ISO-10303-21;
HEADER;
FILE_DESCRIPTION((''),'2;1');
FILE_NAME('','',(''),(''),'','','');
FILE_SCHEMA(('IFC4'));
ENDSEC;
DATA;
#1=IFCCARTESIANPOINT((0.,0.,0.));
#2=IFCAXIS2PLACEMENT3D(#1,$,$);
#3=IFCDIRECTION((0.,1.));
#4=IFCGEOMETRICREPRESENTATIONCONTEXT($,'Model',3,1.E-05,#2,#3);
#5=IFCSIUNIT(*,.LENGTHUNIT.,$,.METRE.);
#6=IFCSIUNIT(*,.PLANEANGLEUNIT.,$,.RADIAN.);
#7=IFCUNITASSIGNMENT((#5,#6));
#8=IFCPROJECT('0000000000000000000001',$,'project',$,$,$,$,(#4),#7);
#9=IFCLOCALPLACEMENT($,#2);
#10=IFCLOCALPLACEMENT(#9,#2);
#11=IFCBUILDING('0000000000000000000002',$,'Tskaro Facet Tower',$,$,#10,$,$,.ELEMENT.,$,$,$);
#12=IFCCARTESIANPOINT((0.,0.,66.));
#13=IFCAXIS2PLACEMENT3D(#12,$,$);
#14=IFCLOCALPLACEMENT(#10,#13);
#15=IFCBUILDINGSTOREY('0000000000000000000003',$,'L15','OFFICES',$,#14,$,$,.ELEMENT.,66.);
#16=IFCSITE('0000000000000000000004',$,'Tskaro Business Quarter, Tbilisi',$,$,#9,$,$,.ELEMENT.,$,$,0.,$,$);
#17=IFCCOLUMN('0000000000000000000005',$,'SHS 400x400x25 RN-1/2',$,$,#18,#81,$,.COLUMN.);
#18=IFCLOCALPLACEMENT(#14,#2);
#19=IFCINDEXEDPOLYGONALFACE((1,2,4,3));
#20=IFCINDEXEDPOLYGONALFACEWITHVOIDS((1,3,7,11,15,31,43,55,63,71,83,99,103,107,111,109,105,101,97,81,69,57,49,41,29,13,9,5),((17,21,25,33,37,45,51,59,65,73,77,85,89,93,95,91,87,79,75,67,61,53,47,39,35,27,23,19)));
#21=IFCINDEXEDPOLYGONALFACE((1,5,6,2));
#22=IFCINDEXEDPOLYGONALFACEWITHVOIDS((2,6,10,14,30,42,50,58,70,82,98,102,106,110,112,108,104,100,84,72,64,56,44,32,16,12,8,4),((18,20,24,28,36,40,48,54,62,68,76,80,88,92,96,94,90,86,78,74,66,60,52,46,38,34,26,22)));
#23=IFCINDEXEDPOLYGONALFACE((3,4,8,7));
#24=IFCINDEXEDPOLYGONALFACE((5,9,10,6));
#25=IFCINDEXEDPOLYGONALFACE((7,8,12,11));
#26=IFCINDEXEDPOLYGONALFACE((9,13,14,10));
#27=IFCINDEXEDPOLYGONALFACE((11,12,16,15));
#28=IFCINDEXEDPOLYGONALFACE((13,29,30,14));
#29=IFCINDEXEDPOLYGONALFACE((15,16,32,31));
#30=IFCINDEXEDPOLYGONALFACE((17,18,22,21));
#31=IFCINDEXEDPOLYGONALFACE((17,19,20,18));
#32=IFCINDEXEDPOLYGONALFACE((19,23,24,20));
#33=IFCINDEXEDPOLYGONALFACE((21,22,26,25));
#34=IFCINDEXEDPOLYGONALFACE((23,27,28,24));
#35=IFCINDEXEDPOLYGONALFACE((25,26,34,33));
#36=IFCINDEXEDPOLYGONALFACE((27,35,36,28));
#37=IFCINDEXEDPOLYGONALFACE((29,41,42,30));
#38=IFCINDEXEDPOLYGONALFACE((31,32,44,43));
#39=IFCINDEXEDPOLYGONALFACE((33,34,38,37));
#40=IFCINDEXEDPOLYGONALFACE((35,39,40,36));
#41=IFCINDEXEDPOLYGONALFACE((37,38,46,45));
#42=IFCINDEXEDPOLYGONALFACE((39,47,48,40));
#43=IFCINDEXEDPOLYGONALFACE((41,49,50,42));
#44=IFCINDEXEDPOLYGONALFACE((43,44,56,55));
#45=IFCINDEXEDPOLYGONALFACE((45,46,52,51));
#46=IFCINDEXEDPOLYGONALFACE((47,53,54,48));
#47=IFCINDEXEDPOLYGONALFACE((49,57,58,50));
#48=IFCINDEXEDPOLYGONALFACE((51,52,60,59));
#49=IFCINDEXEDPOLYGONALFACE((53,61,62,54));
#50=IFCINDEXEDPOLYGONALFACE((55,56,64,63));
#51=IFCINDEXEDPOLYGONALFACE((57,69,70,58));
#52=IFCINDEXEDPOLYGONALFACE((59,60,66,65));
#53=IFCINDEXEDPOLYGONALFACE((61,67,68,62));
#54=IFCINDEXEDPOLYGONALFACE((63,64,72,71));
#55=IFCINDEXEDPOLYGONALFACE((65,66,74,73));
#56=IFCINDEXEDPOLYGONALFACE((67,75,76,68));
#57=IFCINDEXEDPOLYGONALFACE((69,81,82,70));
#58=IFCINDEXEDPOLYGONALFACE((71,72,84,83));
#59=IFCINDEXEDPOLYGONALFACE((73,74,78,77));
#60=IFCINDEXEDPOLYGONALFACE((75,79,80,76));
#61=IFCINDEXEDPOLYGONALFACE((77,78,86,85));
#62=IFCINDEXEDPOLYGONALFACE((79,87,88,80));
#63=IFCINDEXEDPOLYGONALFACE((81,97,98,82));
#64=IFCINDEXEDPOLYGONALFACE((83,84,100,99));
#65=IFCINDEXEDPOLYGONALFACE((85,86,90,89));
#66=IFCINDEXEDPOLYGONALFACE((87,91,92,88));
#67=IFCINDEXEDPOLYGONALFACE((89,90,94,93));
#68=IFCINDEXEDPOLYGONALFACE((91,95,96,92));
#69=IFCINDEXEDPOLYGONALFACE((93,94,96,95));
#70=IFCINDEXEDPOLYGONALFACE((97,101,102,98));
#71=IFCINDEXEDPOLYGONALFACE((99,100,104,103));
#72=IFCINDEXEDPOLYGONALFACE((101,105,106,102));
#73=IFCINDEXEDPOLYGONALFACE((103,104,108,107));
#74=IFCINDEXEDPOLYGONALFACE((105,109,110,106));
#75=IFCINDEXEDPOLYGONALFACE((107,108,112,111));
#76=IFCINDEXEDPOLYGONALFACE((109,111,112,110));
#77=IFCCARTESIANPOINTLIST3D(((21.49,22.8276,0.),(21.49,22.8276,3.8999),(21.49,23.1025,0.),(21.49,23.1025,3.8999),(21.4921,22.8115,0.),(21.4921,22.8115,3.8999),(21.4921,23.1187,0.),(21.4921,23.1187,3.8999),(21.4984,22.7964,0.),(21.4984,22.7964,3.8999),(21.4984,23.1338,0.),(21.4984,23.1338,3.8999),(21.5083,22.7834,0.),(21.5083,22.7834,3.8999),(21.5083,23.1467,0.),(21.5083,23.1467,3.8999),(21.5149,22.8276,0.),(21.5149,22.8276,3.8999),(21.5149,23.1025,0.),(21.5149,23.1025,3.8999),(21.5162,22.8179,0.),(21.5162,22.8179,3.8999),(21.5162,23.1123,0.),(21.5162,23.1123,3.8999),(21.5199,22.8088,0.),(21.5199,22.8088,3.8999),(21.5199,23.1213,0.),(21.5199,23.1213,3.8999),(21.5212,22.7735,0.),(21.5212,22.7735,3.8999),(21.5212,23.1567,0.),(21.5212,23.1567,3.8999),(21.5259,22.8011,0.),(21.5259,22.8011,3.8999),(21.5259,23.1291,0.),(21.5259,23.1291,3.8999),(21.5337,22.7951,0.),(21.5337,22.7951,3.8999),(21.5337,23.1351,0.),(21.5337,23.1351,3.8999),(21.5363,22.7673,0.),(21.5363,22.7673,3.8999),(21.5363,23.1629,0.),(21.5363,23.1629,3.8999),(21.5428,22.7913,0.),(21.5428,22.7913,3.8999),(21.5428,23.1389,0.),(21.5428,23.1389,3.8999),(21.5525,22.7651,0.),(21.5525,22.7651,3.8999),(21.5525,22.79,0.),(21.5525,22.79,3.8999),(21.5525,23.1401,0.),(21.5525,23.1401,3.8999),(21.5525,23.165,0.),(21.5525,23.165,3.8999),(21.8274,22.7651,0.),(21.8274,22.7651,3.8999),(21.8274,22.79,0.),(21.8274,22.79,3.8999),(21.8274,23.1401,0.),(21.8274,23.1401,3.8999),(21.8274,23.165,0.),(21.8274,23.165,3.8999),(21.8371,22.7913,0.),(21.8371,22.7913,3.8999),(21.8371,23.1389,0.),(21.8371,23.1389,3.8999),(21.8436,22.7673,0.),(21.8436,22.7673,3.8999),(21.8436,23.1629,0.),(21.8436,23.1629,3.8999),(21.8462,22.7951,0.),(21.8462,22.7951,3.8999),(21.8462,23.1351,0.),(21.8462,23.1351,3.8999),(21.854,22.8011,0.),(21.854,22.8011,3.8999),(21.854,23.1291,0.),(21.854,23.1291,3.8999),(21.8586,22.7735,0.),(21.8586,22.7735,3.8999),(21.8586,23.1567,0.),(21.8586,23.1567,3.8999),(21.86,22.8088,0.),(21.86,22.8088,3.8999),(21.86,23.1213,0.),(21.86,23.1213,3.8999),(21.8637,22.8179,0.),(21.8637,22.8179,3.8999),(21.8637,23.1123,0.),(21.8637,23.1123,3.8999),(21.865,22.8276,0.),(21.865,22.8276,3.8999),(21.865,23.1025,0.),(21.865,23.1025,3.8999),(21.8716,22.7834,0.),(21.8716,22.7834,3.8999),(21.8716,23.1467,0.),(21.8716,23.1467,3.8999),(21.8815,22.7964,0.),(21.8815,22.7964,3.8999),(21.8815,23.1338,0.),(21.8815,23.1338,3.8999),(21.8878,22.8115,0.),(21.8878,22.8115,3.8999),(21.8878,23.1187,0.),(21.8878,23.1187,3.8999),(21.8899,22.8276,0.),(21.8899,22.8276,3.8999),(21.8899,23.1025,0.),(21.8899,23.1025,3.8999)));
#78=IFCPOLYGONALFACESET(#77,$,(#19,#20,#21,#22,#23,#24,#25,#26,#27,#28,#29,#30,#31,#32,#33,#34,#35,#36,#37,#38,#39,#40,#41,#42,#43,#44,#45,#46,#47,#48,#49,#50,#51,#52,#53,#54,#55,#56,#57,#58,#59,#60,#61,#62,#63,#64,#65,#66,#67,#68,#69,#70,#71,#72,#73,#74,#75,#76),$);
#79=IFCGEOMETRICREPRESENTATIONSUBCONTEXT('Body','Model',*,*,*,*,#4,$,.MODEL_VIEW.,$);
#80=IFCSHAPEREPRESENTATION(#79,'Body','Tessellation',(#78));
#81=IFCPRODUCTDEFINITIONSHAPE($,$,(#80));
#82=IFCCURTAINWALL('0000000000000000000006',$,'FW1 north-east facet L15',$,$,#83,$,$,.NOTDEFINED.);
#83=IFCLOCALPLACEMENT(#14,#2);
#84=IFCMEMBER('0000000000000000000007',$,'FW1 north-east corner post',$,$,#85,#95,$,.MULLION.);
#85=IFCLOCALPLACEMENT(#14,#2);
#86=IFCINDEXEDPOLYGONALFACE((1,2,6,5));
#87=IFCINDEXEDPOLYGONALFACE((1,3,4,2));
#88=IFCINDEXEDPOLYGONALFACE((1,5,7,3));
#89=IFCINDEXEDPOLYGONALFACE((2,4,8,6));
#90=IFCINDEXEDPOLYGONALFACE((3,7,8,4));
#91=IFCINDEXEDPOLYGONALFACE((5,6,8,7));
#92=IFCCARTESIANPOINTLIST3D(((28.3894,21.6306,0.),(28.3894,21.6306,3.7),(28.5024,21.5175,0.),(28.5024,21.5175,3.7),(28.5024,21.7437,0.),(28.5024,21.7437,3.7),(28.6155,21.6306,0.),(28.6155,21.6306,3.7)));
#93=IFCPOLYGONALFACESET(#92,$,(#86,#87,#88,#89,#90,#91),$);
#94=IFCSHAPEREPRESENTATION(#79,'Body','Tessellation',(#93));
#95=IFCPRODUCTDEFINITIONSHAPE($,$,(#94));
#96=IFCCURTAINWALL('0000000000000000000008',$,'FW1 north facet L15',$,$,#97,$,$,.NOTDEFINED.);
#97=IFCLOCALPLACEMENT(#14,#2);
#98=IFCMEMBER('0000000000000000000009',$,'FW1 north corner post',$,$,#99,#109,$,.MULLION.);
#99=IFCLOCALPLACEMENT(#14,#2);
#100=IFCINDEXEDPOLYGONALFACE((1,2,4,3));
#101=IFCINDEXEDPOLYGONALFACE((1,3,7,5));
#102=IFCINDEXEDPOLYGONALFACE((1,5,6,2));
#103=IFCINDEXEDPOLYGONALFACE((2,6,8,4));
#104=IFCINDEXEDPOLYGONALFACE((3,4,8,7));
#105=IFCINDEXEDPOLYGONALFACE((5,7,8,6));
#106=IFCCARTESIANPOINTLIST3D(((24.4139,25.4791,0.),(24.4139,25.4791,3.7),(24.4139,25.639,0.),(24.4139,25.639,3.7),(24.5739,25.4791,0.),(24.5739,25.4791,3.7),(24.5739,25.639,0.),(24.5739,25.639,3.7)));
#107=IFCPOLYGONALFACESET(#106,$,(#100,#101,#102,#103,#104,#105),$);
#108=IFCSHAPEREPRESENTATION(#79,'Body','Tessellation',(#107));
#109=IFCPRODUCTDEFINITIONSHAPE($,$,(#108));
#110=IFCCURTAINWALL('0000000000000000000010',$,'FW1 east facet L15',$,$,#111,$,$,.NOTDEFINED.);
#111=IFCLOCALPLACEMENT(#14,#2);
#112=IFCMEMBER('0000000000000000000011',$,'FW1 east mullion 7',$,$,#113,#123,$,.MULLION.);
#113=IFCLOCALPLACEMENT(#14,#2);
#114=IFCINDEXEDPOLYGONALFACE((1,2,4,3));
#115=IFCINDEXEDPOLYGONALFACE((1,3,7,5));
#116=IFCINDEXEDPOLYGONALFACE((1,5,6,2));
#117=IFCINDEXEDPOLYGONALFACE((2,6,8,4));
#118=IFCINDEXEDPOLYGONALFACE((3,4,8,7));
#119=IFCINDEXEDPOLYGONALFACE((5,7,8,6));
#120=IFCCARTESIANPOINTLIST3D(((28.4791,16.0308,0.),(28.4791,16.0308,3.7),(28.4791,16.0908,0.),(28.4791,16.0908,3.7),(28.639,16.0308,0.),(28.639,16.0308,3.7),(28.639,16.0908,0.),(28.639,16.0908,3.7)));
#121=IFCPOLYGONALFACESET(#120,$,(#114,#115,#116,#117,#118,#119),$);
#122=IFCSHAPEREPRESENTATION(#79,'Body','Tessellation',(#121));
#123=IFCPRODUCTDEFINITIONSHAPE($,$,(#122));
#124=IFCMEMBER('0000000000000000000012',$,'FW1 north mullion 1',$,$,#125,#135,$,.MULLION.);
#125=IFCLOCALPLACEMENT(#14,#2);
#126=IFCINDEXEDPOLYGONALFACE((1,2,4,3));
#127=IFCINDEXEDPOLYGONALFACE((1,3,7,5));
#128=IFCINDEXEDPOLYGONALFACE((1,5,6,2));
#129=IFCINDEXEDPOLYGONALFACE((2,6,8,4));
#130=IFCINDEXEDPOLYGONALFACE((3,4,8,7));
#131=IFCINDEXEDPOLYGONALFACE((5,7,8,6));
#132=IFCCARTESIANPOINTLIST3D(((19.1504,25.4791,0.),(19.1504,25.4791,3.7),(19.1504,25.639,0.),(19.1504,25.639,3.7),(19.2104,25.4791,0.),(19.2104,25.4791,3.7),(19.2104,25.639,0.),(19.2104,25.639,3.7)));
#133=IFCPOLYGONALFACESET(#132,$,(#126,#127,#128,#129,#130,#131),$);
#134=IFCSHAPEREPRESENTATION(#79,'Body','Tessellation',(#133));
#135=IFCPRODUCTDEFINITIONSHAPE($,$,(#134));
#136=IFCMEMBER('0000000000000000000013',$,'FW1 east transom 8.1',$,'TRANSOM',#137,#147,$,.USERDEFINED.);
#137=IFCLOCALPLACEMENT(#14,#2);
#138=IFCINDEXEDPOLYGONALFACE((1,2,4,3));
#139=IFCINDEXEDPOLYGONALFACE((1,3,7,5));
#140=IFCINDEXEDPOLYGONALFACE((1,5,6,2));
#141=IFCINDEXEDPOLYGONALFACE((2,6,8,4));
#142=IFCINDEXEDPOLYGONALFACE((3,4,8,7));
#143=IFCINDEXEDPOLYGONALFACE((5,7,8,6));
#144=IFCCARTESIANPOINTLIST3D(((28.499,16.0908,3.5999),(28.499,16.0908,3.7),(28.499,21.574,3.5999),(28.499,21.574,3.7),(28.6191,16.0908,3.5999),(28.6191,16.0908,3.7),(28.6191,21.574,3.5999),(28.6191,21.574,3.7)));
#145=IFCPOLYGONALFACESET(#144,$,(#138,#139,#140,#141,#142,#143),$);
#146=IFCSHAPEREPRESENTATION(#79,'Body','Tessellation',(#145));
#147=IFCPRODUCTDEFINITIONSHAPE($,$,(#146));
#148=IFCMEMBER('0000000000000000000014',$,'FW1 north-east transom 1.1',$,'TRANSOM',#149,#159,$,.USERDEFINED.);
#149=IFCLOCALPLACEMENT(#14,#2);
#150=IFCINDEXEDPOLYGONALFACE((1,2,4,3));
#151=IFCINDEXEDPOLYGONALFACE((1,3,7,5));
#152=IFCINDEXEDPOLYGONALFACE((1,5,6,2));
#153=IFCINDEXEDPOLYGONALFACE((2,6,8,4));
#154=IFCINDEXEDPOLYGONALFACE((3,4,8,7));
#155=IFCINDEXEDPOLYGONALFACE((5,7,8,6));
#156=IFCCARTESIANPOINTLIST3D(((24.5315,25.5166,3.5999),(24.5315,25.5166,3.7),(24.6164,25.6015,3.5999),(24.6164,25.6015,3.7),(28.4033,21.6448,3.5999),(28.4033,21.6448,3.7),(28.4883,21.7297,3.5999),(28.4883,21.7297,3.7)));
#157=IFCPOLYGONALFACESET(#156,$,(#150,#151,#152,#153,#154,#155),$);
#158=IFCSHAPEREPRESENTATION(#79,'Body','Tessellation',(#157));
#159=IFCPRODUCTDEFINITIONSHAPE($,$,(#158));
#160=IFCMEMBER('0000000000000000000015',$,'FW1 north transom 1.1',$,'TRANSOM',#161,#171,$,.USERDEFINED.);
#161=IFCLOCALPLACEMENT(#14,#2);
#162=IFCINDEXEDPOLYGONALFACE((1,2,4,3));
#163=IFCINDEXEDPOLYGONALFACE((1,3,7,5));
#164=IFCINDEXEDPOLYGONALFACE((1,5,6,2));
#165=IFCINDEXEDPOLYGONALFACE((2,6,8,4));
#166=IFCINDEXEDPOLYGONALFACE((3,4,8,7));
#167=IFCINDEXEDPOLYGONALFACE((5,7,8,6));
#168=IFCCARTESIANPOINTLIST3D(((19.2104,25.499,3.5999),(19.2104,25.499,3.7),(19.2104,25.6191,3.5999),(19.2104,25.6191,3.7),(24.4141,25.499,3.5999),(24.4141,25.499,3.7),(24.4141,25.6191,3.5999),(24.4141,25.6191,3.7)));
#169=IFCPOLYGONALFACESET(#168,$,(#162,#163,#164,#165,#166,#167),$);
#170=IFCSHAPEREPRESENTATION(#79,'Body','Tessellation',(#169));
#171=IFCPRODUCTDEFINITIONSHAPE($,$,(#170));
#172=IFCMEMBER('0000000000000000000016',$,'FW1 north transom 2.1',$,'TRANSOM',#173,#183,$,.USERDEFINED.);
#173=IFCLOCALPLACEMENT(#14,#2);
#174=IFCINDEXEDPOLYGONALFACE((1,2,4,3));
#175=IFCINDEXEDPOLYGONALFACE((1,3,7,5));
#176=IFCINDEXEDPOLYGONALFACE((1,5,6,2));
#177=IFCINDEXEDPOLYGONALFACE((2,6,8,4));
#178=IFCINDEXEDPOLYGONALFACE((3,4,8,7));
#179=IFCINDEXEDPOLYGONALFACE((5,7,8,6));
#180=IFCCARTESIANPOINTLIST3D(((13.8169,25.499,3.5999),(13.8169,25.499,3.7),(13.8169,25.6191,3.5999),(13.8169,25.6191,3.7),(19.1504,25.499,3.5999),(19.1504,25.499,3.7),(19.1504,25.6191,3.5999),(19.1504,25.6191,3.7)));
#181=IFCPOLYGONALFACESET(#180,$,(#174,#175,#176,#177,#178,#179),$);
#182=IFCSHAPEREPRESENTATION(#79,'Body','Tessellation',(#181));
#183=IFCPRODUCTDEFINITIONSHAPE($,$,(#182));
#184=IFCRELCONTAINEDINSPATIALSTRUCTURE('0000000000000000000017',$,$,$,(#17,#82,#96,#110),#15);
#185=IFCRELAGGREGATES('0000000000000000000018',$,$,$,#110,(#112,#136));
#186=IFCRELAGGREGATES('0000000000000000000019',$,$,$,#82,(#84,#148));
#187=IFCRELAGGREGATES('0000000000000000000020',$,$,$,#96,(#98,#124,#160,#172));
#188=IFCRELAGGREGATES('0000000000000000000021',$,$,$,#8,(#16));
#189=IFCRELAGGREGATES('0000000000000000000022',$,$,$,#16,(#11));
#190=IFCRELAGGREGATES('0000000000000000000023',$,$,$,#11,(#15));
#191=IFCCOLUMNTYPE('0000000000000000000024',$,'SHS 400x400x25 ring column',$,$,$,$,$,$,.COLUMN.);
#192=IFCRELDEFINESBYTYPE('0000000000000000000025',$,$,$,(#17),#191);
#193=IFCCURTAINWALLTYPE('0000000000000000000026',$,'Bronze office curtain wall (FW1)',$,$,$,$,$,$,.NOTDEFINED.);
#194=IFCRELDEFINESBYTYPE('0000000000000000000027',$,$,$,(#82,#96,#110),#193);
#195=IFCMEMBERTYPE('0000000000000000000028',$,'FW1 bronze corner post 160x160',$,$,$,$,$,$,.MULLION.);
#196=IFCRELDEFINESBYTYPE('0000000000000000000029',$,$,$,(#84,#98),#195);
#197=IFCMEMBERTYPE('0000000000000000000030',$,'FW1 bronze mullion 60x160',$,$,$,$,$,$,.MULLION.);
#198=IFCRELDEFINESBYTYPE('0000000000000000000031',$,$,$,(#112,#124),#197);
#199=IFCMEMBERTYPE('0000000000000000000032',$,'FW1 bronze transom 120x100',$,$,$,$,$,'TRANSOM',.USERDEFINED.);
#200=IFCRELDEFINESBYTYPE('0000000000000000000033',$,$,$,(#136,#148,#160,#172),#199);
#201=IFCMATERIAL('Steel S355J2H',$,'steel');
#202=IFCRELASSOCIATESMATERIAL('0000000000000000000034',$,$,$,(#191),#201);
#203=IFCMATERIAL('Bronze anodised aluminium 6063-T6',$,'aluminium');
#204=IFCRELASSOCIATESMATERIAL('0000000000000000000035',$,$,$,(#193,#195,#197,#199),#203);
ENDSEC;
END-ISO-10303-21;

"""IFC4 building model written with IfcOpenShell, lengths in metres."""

from ifc_helpers import new_model, si_unit, direction, frame, origin, origin_2d, place, context, subcontext, project, spatial, rectangle, hollow_rectangle, extrude, material, material_profile, profile_set, type_object, element, aggregate, save


model = new_model("IFC4")

# Units and contexts
model_context = context("Model", 3, precision=1e-05, world=origin(), true_north=direction((0.0, 1.0)))
body_context = subcontext(model_context, "Body", "Model", "MODEL_VIEW")
ifc_project = project(units=[si_unit("LENGTHUNIT", "METRE"), si_unit("PLANEANGLEUNIT", "RADIAN")], contexts=[model_context])

# Site, building, storey
site_placement = place(None, origin())
site = spatial("IfcSite", under=ifc_project, at=site_placement, Name="Tskaro Business Quarter, Tbilisi", CompositionType="ELEMENT", RefElevation=0.0)
building_placement = place(site_placement, origin())
building = spatial("IfcBuilding", under=site, at=building_placement, Name="Tskaro Facet Tower", CompositionType="ELEMENT")
storey_placement = place(building_placement, frame((0.0, 0.0, 66.0)))
storey = spatial("IfcBuildingStorey", under=building, at=storey_placement, Name="L15", Description="OFFICES", CompositionType="ELEMENT", Elevation=66.0)

# Column
ifc_material_1 = material(Name="Steel S355J2H", Category="steel")
ifc_material_profile_1 = material_profile(ifc_material_1, hollow_rectangle(XDim=0.3999, YDim=0.3999, WallThickness=0.0249, InnerFilletRadius=0.0376, OuterFilletRadius=0.0625, at=origin_2d()), Name="SHS 400x400x25")
ifc_profile_set_1 = profile_set([ifc_material_profile_1], Name="Steel S355J2H")
column_type_1 = type_object("IfcColumnType", Name="SHS 400x400x25 ring column", PredefinedType="COLUMN", material=ifc_profile_set_1)
for number, where, z_axis, x_axis, name in (
    (1, (21.6899, 22.9651, 0.0), (0.0, 0.0, 1.0), (1.0, 0.0, 0.0), "SHS 400x400x25 RN-1/2"),
):
    element("IfcColumn", number, at=place(storey_placement, frame(where, z_axis=z_axis, x_axis=x_axis)), inside=storey, type_object=column_type_1, Name=name, PredefinedType="COLUMN", context=body_context, shape_type="SweptSolid", body=[
        extrude(hollow_rectangle(XDim=0.3999, YDim=0.3999, WallThickness=0.0249, InnerFilletRadius=0.0376, OuterFilletRadius=0.0625, at=origin_2d()), origin(), (0.0, 0.0, 1.0), 3.8999),
    ])

# Curtain walls, members
ifc_material_2 = material(Name="Bronze anodised aluminium 6063-T6", Category="aluminium")
curtain_wall_type = type_object("IfcCurtainWallType", Name="Bronze office curtain wall (FW1)", PredefinedType="NOTDEFINED", material=ifc_material_2)
curtain_wall_1_placement = place(storey_placement, origin())
curtain_wall_1 = element("IfcCurtainWall", 2, at=curtain_wall_1_placement, inside=storey, type_object=curtain_wall_type, Name="FW1 north-east facet L15", PredefinedType="NOTDEFINED")
ifc_material_profile_2 = material_profile(ifc_material_2, rectangle(XDim=0.1599, YDim=0.1599, at=origin_2d()), Name="Corner post 160x160")
ifc_profile_set_2 = profile_set([ifc_material_profile_2], Name="Bronze anodised aluminium 6063-T6")
member_type_1 = type_object("IfcMemberType", Name="FW1 bronze corner post 160x160", PredefinedType="MULLION", material=ifc_profile_set_2)
member_1_placement = place(storey_placement, frame((28.5024, 21.6306, 0.0), z_axis=(0.0, 0.0, 1.0), x_axis=(-0.707107, 0.707107, 0.0)))
member_1 = element("IfcMember", 3, at=member_1_placement, type_object=member_type_1, Name="FW1 north-east corner post", PredefinedType="MULLION", context=body_context, shape_type="SweptSolid", body=[
    extrude(rectangle(XDim=0.1599, YDim=0.1599, at=origin_2d()), origin(), (0.0, 0.0, 1.0), 3.7),
])
curtain_wall_2_placement = place(storey_placement, origin())
curtain_wall_2 = element("IfcCurtainWall", 4, at=curtain_wall_2_placement, inside=storey, type_object=curtain_wall_type, Name="FW1 north facet L15", PredefinedType="NOTDEFINED")
member_2_placement = place(storey_placement, frame((24.4939, 25.5591, 0.0), z_axis=(0.0, 0.0, 1.0), x_axis=(-1.0, 0.0, 0.0)))
member_2 = element("IfcMember", 5, at=member_2_placement, type_object=member_type_1, Name="FW1 north corner post", PredefinedType="MULLION", context=body_context, shape_type="SweptSolid", body=[
    extrude(rectangle(XDim=0.1599, YDim=0.1599, at=origin_2d()), origin(), (0.0, 0.0, 1.0), 3.7),
])
curtain_wall_3_placement = place(storey_placement, origin())
curtain_wall_3 = element("IfcCurtainWall", 6, at=curtain_wall_3_placement, inside=storey, type_object=curtain_wall_type, Name="FW1 east facet L15", PredefinedType="NOTDEFINED")
ifc_material_profile_3 = material_profile(ifc_material_2, rectangle(XDim=0.0601, YDim=0.1599, at=origin_2d()), Name="Mullion 60x160")
ifc_profile_set_3 = profile_set([ifc_material_profile_3], Name="Bronze anodised aluminium 6063-T6")
member_type_2 = type_object("IfcMemberType", Name="FW1 bronze mullion 60x160", PredefinedType="MULLION", material=ifc_profile_set_3)
member_3_placement = place(storey_placement, frame((28.5591, 16.0608, 0.0), z_axis=(0.0, 0.0, 1.0), x_axis=(0.0, 1.0, 0.0)))
member_3 = element("IfcMember", 7, at=member_3_placement, type_object=member_type_2, Name="FW1 east mullion 7", PredefinedType="MULLION", context=body_context, shape_type="SweptSolid", body=[
    extrude(rectangle(XDim=0.0601, YDim=0.1599, at=origin_2d()), origin(), (0.0, 0.0, 1.0), 3.7),
])

# Members
member_4_placement = place(storey_placement, frame((19.1804, 25.5591, 0.0), z_axis=(0.0, 0.0, 1.0), x_axis=(-1.0, 0.0, 0.0)))
member_4 = element("IfcMember", 8, at=member_4_placement, type_object=member_type_2, Name="FW1 north mullion 1", PredefinedType="MULLION", context=body_context, shape_type="SweptSolid", body=[
    extrude(rectangle(XDim=0.0601, YDim=0.1599, at=origin_2d()), origin(), (0.0, 0.0, 1.0), 3.7),
])
ifc_material_profile_4 = material_profile(ifc_material_2, rectangle(XDim=0.1201, YDim=0.1001, at=origin_2d()), Name="Transom 120x100")
ifc_profile_set_4 = profile_set([ifc_material_profile_4], Name="Bronze anodised aluminium 6063-T6")
member_type_3 = type_object("IfcMemberType", Name="FW1 bronze transom 120x100", ElementType="TRANSOM", PredefinedType="USERDEFINED", material=ifc_profile_set_4)
member_5_placement = place(storey_placement, frame((28.5591, 16.0908, 3.6499), z_axis=(0.0, 1.0, 0.0), x_axis=(-1.0, 0.0, 0.0)))
member_5 = element("IfcMember", 9, at=member_5_placement, type_object=member_type_3, Name="FW1 east transom 8.1", ObjectType="TRANSOM", PredefinedType="USERDEFINED", context=body_context, shape_type="SweptSolid", body=[
    extrude(rectangle(XDim=0.1201, YDim=0.1001, at=origin_2d()), origin(), (0.0, 0.0, 1.0), 5.4832),
])
member_6_placement = place(storey_placement, frame((28.4458, 21.6873, 3.6499), z_axis=(-0.707107, 0.707107, 0.0), x_axis=(-0.707107, -0.707107, 0.0)))
member_6 = element("IfcMember", 10, at=member_6_placement, type_object=member_type_3, Name="FW1 north-east transom 1.1", ObjectType="TRANSOM", PredefinedType="USERDEFINED", context=body_context, shape_type="SweptSolid", body=[
    extrude(rectangle(XDim=0.1201, YDim=0.1001, at=origin_2d()), origin(), (0.0, 0.0, 1.0), 5.4756),
])
member_7_placement = place(storey_placement, frame((24.4141, 25.5591, 3.6499), z_axis=(-1.0, 0.0, 0.0), x_axis=(0.0, -1.0, 0.0)))
member_7 = element("IfcMember", 11, at=member_7_placement, type_object=member_type_3, Name="FW1 north transom 1.1", ObjectType="TRANSOM", PredefinedType="USERDEFINED", context=body_context, shape_type="SweptSolid", body=[
    extrude(rectangle(XDim=0.1201, YDim=0.1001, at=origin_2d()), origin(), (0.0, 0.0, 1.0), 5.2036),
])
member_8_placement = place(storey_placement, frame((19.1504, 25.5591, 3.6499), z_axis=(-1.0, 0.0, 0.0), x_axis=(0.0, -1.0, 0.0)))
member_8 = element("IfcMember", 12, at=member_8_placement, type_object=member_type_3, Name="FW1 north transom 2.1", ObjectType="TRANSOM", PredefinedType="USERDEFINED", context=body_context, shape_type="SweptSolid", body=[
    extrude(rectangle(XDim=0.1201, YDim=0.1001, at=origin_2d()), origin(), (0.0, 0.0, 1.0), 5.3335),
])

aggregate(curtain_wall_3, [member_3, member_5])
aggregate(curtain_wall_1, [member_1, member_6])
aggregate(curtain_wall_2, [member_2, member_4, member_7, member_8])

save(model, "model.ifc")
